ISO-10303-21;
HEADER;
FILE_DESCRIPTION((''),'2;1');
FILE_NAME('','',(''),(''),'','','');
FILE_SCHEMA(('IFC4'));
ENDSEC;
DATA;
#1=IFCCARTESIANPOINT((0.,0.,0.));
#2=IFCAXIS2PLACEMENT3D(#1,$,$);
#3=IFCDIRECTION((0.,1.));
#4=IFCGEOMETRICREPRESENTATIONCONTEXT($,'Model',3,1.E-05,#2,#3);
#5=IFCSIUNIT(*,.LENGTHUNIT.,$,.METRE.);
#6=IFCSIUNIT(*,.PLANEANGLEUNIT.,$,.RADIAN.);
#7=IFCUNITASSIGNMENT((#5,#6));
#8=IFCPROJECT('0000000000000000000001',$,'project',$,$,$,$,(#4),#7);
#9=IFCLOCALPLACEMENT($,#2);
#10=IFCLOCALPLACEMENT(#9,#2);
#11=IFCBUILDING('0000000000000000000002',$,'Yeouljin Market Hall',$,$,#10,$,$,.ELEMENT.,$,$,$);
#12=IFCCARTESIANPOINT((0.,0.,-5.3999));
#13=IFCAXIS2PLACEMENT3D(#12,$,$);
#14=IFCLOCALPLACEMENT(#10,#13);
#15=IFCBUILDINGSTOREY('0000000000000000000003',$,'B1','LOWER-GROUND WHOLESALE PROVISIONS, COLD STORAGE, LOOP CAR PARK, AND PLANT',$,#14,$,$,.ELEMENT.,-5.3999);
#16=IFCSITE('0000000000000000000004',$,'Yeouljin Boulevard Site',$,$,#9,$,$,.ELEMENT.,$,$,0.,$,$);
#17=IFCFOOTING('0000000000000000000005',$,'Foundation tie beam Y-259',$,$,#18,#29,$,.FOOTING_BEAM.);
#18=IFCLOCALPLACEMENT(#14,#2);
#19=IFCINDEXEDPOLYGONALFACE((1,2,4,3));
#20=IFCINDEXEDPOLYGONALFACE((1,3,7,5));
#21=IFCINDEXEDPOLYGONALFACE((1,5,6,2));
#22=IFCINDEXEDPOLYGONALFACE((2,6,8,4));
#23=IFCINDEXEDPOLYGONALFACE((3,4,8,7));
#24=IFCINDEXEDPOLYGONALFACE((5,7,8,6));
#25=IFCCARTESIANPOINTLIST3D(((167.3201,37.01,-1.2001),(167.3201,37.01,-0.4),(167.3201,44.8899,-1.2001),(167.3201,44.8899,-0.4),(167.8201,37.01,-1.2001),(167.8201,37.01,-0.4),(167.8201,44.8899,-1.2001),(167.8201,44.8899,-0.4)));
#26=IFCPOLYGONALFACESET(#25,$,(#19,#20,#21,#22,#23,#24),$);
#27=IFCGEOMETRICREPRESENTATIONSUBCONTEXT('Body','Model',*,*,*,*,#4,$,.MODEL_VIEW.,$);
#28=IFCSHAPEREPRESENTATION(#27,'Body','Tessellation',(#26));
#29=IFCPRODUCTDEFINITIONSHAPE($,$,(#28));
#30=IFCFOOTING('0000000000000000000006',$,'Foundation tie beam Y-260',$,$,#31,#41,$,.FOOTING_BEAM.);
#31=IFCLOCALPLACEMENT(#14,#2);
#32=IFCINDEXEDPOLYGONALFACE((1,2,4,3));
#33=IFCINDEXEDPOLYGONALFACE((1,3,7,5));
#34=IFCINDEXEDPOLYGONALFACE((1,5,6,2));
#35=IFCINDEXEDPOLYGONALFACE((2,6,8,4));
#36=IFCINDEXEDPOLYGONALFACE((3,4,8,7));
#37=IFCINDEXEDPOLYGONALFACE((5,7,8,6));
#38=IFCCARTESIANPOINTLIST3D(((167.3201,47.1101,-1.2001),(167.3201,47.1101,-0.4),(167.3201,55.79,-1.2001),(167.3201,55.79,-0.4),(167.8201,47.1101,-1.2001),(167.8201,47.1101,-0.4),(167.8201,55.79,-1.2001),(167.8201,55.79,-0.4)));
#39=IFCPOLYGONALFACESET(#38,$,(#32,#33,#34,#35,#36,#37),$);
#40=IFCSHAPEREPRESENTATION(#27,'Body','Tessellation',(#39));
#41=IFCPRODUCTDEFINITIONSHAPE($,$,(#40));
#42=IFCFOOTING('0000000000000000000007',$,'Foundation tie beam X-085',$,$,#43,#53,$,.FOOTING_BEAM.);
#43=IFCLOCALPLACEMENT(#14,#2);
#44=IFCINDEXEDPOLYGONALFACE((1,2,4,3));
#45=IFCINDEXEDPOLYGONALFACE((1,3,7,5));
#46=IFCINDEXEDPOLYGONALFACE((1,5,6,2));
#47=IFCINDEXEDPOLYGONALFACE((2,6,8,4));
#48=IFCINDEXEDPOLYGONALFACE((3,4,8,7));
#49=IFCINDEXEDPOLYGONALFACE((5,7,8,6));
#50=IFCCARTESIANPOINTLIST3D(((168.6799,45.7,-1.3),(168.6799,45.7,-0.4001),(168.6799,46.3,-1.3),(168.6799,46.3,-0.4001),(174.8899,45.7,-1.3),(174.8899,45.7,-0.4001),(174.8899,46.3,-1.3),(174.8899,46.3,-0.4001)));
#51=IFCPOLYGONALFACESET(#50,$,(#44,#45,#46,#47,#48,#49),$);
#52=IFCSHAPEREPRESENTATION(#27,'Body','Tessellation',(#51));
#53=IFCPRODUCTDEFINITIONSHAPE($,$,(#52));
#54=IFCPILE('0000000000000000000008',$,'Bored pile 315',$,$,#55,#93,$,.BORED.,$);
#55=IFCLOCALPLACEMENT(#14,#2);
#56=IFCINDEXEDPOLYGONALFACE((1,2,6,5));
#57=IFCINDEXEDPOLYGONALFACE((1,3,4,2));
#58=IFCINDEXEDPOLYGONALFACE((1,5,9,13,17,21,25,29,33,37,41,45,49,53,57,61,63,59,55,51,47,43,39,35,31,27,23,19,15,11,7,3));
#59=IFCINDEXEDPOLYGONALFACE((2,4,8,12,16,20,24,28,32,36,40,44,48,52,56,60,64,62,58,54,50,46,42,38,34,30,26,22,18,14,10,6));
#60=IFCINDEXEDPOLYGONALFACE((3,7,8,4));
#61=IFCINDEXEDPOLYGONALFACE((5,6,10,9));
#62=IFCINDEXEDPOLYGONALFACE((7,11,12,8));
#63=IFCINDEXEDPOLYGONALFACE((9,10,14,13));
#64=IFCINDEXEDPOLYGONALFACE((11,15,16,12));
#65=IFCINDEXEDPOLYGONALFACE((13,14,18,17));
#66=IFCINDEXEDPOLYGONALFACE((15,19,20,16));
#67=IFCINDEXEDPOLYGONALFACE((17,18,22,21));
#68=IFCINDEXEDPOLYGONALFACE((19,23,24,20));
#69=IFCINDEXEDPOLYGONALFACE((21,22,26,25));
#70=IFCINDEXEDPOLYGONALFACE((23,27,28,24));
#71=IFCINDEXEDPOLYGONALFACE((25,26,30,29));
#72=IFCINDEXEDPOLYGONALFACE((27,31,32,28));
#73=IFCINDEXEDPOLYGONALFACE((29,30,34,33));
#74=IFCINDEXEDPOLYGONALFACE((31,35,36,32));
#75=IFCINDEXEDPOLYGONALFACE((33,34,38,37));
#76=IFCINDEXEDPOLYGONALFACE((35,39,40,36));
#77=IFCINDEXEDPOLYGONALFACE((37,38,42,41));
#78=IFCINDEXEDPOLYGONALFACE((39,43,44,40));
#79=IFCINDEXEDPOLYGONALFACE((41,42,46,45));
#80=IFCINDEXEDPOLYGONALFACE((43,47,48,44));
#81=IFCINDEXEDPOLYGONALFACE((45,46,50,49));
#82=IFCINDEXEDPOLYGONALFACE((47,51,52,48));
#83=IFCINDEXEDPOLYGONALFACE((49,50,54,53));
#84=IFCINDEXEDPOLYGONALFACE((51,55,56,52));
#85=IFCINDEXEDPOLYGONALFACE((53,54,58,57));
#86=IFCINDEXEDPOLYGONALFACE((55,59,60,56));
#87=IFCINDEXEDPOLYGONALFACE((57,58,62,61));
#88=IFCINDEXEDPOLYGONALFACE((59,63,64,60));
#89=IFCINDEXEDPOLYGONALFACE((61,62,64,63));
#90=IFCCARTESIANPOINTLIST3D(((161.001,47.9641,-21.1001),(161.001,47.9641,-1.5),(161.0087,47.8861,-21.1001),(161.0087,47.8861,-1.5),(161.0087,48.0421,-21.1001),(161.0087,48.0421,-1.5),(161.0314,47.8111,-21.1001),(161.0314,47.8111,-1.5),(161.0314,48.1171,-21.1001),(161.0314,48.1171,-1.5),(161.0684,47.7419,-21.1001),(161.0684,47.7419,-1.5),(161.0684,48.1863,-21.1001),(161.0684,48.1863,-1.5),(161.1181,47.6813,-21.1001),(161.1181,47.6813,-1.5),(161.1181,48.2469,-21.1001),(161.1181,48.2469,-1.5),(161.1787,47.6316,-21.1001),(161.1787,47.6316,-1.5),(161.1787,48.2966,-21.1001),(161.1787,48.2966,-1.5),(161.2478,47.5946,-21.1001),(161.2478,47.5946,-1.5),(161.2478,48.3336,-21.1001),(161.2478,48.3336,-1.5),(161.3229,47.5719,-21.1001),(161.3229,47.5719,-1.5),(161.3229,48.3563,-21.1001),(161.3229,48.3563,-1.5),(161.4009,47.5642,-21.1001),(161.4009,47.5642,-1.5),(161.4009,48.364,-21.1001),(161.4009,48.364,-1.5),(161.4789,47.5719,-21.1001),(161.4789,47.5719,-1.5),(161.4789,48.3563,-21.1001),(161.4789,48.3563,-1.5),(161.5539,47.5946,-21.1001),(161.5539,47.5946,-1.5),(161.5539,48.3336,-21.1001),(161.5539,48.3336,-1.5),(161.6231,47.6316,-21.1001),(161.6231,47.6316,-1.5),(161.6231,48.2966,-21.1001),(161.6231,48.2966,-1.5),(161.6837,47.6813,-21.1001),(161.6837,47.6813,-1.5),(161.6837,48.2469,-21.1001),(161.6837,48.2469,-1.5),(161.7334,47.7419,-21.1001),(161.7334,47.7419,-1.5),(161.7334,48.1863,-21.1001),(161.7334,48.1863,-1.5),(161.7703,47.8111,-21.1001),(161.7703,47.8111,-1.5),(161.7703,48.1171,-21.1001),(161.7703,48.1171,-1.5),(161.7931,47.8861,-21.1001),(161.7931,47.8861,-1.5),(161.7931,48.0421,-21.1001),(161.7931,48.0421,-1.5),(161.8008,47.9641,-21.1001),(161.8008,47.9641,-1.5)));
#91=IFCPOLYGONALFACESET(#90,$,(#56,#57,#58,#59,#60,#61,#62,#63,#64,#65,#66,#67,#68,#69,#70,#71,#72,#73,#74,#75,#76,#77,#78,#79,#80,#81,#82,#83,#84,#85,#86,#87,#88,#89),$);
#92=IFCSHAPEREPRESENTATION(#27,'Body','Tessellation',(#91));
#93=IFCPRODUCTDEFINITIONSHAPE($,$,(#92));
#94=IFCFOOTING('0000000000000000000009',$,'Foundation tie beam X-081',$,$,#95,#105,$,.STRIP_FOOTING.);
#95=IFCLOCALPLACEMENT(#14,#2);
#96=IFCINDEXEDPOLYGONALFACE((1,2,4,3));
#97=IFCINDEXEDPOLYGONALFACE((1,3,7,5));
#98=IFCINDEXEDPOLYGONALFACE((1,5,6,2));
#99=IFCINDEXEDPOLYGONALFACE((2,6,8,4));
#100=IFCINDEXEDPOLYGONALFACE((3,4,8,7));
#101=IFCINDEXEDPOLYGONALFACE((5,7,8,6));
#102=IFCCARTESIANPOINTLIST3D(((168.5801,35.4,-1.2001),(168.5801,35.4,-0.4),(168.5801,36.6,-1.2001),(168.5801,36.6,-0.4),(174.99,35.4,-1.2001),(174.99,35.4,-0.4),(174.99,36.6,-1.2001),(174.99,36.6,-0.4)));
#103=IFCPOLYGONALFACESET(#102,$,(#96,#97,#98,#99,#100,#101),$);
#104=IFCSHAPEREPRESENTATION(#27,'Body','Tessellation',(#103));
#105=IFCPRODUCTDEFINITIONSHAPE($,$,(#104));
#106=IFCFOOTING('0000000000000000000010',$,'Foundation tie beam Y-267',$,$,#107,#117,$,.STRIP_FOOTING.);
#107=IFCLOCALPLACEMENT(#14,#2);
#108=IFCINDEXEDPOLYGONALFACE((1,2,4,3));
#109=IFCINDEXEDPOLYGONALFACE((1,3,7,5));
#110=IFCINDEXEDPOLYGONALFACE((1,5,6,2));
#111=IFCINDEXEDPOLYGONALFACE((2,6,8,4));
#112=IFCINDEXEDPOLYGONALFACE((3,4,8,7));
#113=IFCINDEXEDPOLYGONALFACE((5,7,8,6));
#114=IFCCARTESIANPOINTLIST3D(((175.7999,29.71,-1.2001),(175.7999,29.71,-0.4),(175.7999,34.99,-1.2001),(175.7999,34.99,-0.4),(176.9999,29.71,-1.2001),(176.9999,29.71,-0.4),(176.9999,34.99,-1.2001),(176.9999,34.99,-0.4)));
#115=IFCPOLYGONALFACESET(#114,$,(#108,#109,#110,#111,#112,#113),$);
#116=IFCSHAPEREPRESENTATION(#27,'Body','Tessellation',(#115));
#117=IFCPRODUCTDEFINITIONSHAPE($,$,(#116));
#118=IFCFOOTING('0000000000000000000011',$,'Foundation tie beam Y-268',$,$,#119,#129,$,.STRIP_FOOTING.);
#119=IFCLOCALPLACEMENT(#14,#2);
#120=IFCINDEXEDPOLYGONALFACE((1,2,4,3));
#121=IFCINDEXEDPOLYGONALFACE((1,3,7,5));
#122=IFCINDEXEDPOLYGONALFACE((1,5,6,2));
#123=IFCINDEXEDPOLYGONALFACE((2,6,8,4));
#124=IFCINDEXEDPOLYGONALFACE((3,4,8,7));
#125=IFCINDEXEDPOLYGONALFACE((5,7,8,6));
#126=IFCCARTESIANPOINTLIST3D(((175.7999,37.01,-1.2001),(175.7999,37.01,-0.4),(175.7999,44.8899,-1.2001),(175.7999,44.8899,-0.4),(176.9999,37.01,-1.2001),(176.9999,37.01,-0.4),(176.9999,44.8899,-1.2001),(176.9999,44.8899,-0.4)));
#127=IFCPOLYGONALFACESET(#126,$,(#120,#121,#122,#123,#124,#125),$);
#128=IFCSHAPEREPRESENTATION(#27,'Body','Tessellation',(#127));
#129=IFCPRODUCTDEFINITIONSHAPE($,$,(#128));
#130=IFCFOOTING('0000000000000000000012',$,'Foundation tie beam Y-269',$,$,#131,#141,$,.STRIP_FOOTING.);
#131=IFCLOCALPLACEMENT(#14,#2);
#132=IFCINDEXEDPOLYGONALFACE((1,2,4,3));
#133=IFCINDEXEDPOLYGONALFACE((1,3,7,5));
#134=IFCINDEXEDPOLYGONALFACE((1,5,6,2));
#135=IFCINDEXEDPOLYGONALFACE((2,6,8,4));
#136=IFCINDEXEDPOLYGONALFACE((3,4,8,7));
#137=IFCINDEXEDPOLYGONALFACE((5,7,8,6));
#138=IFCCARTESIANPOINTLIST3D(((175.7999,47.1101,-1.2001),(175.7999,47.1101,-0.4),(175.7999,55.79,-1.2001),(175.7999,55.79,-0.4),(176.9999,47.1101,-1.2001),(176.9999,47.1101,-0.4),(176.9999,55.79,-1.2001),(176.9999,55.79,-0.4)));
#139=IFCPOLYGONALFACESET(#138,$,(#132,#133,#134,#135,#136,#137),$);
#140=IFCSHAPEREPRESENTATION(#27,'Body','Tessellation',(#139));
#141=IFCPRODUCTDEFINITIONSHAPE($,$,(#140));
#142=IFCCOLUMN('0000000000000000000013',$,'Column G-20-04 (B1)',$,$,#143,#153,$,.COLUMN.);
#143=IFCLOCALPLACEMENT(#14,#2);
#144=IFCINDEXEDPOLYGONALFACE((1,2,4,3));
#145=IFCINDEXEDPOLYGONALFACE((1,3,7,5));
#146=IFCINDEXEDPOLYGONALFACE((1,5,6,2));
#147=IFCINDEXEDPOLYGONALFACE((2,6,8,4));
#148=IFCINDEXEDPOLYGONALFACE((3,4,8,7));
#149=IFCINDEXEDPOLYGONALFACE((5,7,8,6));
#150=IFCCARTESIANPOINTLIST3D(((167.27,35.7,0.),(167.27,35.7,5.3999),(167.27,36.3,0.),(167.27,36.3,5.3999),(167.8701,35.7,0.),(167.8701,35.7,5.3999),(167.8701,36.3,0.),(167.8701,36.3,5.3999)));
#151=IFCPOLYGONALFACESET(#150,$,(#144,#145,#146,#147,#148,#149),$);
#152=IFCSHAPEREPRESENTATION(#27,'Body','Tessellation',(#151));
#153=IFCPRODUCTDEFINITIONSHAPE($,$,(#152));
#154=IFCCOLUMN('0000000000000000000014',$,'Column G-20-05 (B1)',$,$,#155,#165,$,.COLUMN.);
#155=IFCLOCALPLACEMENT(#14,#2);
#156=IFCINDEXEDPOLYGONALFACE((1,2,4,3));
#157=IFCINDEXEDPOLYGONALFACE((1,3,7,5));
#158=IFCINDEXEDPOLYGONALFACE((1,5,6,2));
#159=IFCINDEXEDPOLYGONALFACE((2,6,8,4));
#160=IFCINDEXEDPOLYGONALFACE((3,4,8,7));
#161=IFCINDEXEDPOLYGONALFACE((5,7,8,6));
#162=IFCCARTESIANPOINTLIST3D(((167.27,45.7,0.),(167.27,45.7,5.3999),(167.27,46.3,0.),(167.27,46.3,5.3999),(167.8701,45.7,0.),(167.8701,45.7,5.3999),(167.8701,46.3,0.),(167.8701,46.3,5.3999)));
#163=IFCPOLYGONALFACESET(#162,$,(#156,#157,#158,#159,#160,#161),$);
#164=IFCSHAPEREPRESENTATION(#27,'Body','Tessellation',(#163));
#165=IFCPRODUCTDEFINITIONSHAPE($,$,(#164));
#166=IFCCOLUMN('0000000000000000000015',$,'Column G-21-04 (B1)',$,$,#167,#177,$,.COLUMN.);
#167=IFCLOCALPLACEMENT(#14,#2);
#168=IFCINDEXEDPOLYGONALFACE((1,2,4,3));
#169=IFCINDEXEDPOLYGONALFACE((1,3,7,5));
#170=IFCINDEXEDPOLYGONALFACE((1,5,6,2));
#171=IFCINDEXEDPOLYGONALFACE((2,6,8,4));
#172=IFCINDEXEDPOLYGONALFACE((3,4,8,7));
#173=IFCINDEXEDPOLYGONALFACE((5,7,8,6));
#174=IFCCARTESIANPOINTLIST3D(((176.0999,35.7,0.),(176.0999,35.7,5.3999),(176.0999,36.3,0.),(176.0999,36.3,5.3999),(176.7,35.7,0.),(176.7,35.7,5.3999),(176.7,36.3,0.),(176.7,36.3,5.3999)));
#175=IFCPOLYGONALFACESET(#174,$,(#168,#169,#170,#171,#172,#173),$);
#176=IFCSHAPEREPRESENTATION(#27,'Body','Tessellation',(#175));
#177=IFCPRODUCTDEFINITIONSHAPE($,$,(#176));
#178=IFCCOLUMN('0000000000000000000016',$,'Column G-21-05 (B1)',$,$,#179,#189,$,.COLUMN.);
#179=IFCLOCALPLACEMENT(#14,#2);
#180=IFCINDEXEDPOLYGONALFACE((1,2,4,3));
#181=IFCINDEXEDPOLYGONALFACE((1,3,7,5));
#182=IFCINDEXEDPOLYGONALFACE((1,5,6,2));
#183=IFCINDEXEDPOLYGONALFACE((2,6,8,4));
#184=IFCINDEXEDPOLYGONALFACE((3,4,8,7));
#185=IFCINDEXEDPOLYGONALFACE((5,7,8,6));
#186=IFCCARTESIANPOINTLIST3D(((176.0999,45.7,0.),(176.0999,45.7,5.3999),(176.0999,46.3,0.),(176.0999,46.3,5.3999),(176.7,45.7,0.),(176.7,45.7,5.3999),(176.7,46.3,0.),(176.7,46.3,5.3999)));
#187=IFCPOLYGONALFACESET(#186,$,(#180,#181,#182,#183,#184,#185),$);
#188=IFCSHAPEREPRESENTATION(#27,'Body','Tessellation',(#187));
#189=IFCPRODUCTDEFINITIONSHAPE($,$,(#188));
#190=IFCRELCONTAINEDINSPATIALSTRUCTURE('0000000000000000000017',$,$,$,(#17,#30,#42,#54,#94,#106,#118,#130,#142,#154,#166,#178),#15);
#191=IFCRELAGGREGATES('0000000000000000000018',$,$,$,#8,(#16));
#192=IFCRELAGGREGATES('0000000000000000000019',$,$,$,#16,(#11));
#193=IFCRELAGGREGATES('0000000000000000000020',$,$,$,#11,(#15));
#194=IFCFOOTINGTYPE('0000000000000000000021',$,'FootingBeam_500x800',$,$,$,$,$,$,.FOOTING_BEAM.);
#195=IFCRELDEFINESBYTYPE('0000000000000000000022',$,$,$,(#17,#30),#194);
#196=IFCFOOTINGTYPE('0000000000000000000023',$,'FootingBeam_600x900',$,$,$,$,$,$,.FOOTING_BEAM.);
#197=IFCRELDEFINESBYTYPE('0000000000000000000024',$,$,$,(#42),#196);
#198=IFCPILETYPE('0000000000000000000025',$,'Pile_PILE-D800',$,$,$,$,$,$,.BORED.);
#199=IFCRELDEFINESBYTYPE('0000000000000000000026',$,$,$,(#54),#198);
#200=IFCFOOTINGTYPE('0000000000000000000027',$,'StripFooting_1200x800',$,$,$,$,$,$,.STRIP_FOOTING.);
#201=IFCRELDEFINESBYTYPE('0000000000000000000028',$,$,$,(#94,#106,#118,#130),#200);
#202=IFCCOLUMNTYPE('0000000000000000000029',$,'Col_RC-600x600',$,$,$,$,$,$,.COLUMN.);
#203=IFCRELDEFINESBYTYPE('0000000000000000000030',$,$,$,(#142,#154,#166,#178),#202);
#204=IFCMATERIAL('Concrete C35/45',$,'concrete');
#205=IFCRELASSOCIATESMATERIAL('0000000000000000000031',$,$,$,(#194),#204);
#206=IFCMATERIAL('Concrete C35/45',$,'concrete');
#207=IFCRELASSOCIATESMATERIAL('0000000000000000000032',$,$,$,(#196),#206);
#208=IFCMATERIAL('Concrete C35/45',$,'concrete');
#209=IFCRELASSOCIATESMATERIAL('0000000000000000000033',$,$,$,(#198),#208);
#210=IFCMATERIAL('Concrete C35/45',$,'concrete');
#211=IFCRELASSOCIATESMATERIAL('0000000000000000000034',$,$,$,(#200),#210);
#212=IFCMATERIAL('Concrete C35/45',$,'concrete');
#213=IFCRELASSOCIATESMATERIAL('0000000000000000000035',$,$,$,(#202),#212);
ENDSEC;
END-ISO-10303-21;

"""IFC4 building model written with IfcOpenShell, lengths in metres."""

from ifc_helpers import new_model, si_unit, direction, frame, origin, origin_2d, place, context, subcontext, project, spatial, rectangle, circle, extrude, material, material_profile, profile_set, type_object, element, save


model = new_model("IFC4")

# Units and contexts
model_context = context("Model", 3, precision=1e-05, world=origin(), true_north=direction((0.0, 1.0)))
body_context = subcontext(model_context, "Body", "Model", "MODEL_VIEW")
ifc_project = project(units=[si_unit("LENGTHUNIT", "METRE"), si_unit("PLANEANGLEUNIT", "RADIAN")], contexts=[model_context])

# Site, building, storey
site_placement = place(None, origin())
site = spatial("IfcSite", under=ifc_project, at=site_placement, Name="Yeouljin Boulevard Site", CompositionType="ELEMENT", RefElevation=0.0)
building_placement = place(site_placement, origin())
building = spatial("IfcBuilding", under=site, at=building_placement, Name="Yeouljin Market Hall", CompositionType="ELEMENT")
storey_placement = place(building_placement, frame((0.0, 0.0, -5.3999)))
storey = spatial("IfcBuildingStorey", under=building, at=storey_placement, Name="B1", Description="LOWER-GROUND WHOLESALE PROVISIONS, COLD STORAGE, LOOP CAR PARK, AND PLANT", CompositionType="ELEMENT", Elevation=-5.3999)

# Footings
ifc_material_1 = material(Name="Concrete C35/45", Category="concrete")
ifc_material_profile_1 = material_profile(ifc_material_1, rectangle(XDim=0.5, YDim=0.8, at=origin_2d()), Name="RC-500x800")
ifc_profile_set_1 = profile_set([ifc_material_profile_1], Name="Concrete C35/45")
footing_type_1 = type_object("IfcFootingType", Name="FootingBeam_500x800", PredefinedType="FOOTING_BEAM", material=ifc_profile_set_1)
footing_1_placement = place(storey_placement, frame((167.5701, 37.01, -0.8), z_axis=(0.0, 1.0, 0.0), x_axis=(-1.0, 0.0, 0.0)))
element("IfcFooting", 1, at=footing_1_placement, inside=storey, type_object=footing_type_1, Name="Foundation tie beam Y-259", PredefinedType="FOOTING_BEAM", context=body_context, shape_type="SweptSolid", body=[
    extrude(rectangle(XDim=0.5, YDim=0.8, at=origin_2d()), origin(), (0.0, 0.0, 1.0), 7.8799),
])
footing_2_placement = place(storey_placement, frame((167.5701, 47.1101, -0.8), z_axis=(0.0, 1.0, 0.0), x_axis=(-1.0, 0.0, 0.0)))
element("IfcFooting", 2, at=footing_2_placement, inside=storey, type_object=footing_type_1, Name="Foundation tie beam Y-260", PredefinedType="FOOTING_BEAM", context=body_context, shape_type="SweptSolid", body=[
    extrude(rectangle(XDim=0.5, YDim=0.8, at=origin_2d()), origin(), (0.0, 0.0, 1.0), 8.6799),
])
ifc_material_2 = material(Name="Concrete C35/45", Category="concrete")
ifc_material_profile_2 = material_profile(ifc_material_2, rectangle(XDim=0.6001, YDim=0.8999, at=origin_2d()), Name="RC-600x900")
ifc_profile_set_2 = profile_set([ifc_material_profile_2], Name="Concrete C35/45")
footing_type_2 = type_object("IfcFootingType", Name="FootingBeam_600x900", PredefinedType="FOOTING_BEAM", material=ifc_profile_set_2)
footing_3_placement = place(storey_placement, frame((168.6799, 46.0, -0.8501), z_axis=(1.0, 0.0, 0.0), x_axis=(0.0, 1.0, 0.0)))
element("IfcFooting", 3, at=footing_3_placement, inside=storey, type_object=footing_type_2, Name="Foundation tie beam X-085", PredefinedType="FOOTING_BEAM", context=body_context, shape_type="SweptSolid", body=[
    extrude(rectangle(XDim=0.6001, YDim=0.8999, at=origin_2d()), origin(), (0.0, 0.0, 1.0), 6.21),
])

# Pile
ifc_material_3 = material(Name="Concrete C35/45", Category="concrete")
ifc_material_profile_3 = material_profile(ifc_material_3, circle(Radius=0.3999, at=origin_2d()), Name="PILE-D800")
ifc_profile_set_3 = profile_set([ifc_material_profile_3], Name="Concrete C35/45")
pile_type = type_object("IfcPileType", Name="Pile_PILE-D800", PredefinedType="BORED", material=ifc_profile_set_3)
pile_placement = place(storey_placement, frame((161.4009, 47.9641, -1.5), z_axis=(0.0, 0.0, -1.0), x_axis=(1.0, 0.0, 0.0)))
element("IfcPile", 4, at=pile_placement, inside=storey, type_object=pile_type, Name="Bored pile 315", PredefinedType="BORED", context=body_context, shape_type="SweptSolid", body=[
    extrude(circle(Radius=0.3999, at=origin_2d()), origin(), (0.0, 0.0, 1.0), 19.6001),
])

# Footings
ifc_material_4 = material(Name="Concrete C35/45", Category="concrete")
ifc_material_profile_4 = material_profile(ifc_material_4, rectangle(XDim=1.2, YDim=0.8, at=origin_2d()), Name="SF-1200x800")
ifc_profile_set_4 = profile_set([ifc_material_profile_4], Name="Concrete C35/45")
footing_type_3 = type_object("IfcFootingType", Name="StripFooting_1200x800", PredefinedType="STRIP_FOOTING", material=ifc_profile_set_4)
footing_4_placement = place(storey_placement, frame((168.5801, 36.0, -0.8), z_axis=(1.0, 0.0, 0.0), x_axis=(0.0, 1.0, 0.0)))
element("IfcFooting", 5, at=footing_4_placement, inside=storey, type_object=footing_type_3, Name="Foundation tie beam X-081", PredefinedType="STRIP_FOOTING", context=body_context, shape_type="SweptSolid", body=[
    extrude(rectangle(XDim=1.2, YDim=0.8, at=origin_2d()), origin(), (0.0, 0.0, 1.0), 6.4099),
])
footing_5_placement = place(storey_placement, frame((176.3999, 29.71, -0.8), z_axis=(0.0, 1.0, 0.0), x_axis=(-1.0, 0.0, 0.0)))
element("IfcFooting", 6, at=footing_5_placement, inside=storey, type_object=footing_type_3, Name="Foundation tie beam Y-267", PredefinedType="STRIP_FOOTING", context=body_context, shape_type="SweptSolid", body=[
    extrude(rectangle(XDim=1.2, YDim=0.8, at=origin_2d()), origin(), (0.0, 0.0, 1.0), 5.28),
])
footing_6_placement = place(storey_placement, frame((176.3999, 37.01, -0.8), z_axis=(0.0, 1.0, 0.0), x_axis=(-1.0, 0.0, 0.0)))
element("IfcFooting", 7, at=footing_6_placement, inside=storey, type_object=footing_type_3, Name="Foundation tie beam Y-268", PredefinedType="STRIP_FOOTING", context=body_context, shape_type="SweptSolid", body=[
    extrude(rectangle(XDim=1.2, YDim=0.8, at=origin_2d()), origin(), (0.0, 0.0, 1.0), 7.8799),
])
footing_7_placement = place(storey_placement, frame((176.3999, 47.1101, -0.8), z_axis=(0.0, 1.0, 0.0), x_axis=(-1.0, 0.0, 0.0)))
element("IfcFooting", 8, at=footing_7_placement, inside=storey, type_object=footing_type_3, Name="Foundation tie beam Y-269", PredefinedType="STRIP_FOOTING", context=body_context, shape_type="SweptSolid", body=[
    extrude(rectangle(XDim=1.2, YDim=0.8, at=origin_2d()), origin(), (0.0, 0.0, 1.0), 8.6799),
])

# Columns
ifc_material_5 = material(Name="Concrete C35/45", Category="concrete")
ifc_material_profile_5 = material_profile(ifc_material_5, rectangle(XDim=0.6001, YDim=0.6001, at=origin_2d()), Name="RC-600x600")
ifc_profile_set_5 = profile_set([ifc_material_profile_5], Name="Concrete C35/45")
column_type = type_object("IfcColumnType", Name="Col_RC-600x600", PredefinedType="COLUMN", material=ifc_profile_set_5)
for number, where, z_axis, x_axis, name in (
    (9, (167.5701, 36.0, 0.0), (0.0, 0.0, 1.0), (1.0, 0.0, 0.0), "Column G-20-04 (B1)"),
    (10, (167.5701, 46.0, 0.0), (0.0, 0.0, 1.0), (1.0, 0.0, 0.0), "Column G-20-05 (B1)"),
    (11, (176.3999, 36.0, 0.0), (0.0, 0.0, 1.0), (1.0, 0.0, 0.0), "Column G-21-04 (B1)"),
    (12, (176.3999, 46.0, 0.0), (0.0, 0.0, 1.0), (1.0, 0.0, 0.0), "Column G-21-05 (B1)"),
):
    element("IfcColumn", number, at=place(storey_placement, frame(where, z_axis=z_axis, x_axis=x_axis)), inside=storey, type_object=column_type, Name=name, PredefinedType="COLUMN", context=body_context, shape_type="SweptSolid", body=[
        extrude(rectangle(XDim=0.6001, YDim=0.6001, at=origin_2d()), origin(), (0.0, 0.0, 1.0), 5.3999),
    ])

save(model, "model.ifc")
